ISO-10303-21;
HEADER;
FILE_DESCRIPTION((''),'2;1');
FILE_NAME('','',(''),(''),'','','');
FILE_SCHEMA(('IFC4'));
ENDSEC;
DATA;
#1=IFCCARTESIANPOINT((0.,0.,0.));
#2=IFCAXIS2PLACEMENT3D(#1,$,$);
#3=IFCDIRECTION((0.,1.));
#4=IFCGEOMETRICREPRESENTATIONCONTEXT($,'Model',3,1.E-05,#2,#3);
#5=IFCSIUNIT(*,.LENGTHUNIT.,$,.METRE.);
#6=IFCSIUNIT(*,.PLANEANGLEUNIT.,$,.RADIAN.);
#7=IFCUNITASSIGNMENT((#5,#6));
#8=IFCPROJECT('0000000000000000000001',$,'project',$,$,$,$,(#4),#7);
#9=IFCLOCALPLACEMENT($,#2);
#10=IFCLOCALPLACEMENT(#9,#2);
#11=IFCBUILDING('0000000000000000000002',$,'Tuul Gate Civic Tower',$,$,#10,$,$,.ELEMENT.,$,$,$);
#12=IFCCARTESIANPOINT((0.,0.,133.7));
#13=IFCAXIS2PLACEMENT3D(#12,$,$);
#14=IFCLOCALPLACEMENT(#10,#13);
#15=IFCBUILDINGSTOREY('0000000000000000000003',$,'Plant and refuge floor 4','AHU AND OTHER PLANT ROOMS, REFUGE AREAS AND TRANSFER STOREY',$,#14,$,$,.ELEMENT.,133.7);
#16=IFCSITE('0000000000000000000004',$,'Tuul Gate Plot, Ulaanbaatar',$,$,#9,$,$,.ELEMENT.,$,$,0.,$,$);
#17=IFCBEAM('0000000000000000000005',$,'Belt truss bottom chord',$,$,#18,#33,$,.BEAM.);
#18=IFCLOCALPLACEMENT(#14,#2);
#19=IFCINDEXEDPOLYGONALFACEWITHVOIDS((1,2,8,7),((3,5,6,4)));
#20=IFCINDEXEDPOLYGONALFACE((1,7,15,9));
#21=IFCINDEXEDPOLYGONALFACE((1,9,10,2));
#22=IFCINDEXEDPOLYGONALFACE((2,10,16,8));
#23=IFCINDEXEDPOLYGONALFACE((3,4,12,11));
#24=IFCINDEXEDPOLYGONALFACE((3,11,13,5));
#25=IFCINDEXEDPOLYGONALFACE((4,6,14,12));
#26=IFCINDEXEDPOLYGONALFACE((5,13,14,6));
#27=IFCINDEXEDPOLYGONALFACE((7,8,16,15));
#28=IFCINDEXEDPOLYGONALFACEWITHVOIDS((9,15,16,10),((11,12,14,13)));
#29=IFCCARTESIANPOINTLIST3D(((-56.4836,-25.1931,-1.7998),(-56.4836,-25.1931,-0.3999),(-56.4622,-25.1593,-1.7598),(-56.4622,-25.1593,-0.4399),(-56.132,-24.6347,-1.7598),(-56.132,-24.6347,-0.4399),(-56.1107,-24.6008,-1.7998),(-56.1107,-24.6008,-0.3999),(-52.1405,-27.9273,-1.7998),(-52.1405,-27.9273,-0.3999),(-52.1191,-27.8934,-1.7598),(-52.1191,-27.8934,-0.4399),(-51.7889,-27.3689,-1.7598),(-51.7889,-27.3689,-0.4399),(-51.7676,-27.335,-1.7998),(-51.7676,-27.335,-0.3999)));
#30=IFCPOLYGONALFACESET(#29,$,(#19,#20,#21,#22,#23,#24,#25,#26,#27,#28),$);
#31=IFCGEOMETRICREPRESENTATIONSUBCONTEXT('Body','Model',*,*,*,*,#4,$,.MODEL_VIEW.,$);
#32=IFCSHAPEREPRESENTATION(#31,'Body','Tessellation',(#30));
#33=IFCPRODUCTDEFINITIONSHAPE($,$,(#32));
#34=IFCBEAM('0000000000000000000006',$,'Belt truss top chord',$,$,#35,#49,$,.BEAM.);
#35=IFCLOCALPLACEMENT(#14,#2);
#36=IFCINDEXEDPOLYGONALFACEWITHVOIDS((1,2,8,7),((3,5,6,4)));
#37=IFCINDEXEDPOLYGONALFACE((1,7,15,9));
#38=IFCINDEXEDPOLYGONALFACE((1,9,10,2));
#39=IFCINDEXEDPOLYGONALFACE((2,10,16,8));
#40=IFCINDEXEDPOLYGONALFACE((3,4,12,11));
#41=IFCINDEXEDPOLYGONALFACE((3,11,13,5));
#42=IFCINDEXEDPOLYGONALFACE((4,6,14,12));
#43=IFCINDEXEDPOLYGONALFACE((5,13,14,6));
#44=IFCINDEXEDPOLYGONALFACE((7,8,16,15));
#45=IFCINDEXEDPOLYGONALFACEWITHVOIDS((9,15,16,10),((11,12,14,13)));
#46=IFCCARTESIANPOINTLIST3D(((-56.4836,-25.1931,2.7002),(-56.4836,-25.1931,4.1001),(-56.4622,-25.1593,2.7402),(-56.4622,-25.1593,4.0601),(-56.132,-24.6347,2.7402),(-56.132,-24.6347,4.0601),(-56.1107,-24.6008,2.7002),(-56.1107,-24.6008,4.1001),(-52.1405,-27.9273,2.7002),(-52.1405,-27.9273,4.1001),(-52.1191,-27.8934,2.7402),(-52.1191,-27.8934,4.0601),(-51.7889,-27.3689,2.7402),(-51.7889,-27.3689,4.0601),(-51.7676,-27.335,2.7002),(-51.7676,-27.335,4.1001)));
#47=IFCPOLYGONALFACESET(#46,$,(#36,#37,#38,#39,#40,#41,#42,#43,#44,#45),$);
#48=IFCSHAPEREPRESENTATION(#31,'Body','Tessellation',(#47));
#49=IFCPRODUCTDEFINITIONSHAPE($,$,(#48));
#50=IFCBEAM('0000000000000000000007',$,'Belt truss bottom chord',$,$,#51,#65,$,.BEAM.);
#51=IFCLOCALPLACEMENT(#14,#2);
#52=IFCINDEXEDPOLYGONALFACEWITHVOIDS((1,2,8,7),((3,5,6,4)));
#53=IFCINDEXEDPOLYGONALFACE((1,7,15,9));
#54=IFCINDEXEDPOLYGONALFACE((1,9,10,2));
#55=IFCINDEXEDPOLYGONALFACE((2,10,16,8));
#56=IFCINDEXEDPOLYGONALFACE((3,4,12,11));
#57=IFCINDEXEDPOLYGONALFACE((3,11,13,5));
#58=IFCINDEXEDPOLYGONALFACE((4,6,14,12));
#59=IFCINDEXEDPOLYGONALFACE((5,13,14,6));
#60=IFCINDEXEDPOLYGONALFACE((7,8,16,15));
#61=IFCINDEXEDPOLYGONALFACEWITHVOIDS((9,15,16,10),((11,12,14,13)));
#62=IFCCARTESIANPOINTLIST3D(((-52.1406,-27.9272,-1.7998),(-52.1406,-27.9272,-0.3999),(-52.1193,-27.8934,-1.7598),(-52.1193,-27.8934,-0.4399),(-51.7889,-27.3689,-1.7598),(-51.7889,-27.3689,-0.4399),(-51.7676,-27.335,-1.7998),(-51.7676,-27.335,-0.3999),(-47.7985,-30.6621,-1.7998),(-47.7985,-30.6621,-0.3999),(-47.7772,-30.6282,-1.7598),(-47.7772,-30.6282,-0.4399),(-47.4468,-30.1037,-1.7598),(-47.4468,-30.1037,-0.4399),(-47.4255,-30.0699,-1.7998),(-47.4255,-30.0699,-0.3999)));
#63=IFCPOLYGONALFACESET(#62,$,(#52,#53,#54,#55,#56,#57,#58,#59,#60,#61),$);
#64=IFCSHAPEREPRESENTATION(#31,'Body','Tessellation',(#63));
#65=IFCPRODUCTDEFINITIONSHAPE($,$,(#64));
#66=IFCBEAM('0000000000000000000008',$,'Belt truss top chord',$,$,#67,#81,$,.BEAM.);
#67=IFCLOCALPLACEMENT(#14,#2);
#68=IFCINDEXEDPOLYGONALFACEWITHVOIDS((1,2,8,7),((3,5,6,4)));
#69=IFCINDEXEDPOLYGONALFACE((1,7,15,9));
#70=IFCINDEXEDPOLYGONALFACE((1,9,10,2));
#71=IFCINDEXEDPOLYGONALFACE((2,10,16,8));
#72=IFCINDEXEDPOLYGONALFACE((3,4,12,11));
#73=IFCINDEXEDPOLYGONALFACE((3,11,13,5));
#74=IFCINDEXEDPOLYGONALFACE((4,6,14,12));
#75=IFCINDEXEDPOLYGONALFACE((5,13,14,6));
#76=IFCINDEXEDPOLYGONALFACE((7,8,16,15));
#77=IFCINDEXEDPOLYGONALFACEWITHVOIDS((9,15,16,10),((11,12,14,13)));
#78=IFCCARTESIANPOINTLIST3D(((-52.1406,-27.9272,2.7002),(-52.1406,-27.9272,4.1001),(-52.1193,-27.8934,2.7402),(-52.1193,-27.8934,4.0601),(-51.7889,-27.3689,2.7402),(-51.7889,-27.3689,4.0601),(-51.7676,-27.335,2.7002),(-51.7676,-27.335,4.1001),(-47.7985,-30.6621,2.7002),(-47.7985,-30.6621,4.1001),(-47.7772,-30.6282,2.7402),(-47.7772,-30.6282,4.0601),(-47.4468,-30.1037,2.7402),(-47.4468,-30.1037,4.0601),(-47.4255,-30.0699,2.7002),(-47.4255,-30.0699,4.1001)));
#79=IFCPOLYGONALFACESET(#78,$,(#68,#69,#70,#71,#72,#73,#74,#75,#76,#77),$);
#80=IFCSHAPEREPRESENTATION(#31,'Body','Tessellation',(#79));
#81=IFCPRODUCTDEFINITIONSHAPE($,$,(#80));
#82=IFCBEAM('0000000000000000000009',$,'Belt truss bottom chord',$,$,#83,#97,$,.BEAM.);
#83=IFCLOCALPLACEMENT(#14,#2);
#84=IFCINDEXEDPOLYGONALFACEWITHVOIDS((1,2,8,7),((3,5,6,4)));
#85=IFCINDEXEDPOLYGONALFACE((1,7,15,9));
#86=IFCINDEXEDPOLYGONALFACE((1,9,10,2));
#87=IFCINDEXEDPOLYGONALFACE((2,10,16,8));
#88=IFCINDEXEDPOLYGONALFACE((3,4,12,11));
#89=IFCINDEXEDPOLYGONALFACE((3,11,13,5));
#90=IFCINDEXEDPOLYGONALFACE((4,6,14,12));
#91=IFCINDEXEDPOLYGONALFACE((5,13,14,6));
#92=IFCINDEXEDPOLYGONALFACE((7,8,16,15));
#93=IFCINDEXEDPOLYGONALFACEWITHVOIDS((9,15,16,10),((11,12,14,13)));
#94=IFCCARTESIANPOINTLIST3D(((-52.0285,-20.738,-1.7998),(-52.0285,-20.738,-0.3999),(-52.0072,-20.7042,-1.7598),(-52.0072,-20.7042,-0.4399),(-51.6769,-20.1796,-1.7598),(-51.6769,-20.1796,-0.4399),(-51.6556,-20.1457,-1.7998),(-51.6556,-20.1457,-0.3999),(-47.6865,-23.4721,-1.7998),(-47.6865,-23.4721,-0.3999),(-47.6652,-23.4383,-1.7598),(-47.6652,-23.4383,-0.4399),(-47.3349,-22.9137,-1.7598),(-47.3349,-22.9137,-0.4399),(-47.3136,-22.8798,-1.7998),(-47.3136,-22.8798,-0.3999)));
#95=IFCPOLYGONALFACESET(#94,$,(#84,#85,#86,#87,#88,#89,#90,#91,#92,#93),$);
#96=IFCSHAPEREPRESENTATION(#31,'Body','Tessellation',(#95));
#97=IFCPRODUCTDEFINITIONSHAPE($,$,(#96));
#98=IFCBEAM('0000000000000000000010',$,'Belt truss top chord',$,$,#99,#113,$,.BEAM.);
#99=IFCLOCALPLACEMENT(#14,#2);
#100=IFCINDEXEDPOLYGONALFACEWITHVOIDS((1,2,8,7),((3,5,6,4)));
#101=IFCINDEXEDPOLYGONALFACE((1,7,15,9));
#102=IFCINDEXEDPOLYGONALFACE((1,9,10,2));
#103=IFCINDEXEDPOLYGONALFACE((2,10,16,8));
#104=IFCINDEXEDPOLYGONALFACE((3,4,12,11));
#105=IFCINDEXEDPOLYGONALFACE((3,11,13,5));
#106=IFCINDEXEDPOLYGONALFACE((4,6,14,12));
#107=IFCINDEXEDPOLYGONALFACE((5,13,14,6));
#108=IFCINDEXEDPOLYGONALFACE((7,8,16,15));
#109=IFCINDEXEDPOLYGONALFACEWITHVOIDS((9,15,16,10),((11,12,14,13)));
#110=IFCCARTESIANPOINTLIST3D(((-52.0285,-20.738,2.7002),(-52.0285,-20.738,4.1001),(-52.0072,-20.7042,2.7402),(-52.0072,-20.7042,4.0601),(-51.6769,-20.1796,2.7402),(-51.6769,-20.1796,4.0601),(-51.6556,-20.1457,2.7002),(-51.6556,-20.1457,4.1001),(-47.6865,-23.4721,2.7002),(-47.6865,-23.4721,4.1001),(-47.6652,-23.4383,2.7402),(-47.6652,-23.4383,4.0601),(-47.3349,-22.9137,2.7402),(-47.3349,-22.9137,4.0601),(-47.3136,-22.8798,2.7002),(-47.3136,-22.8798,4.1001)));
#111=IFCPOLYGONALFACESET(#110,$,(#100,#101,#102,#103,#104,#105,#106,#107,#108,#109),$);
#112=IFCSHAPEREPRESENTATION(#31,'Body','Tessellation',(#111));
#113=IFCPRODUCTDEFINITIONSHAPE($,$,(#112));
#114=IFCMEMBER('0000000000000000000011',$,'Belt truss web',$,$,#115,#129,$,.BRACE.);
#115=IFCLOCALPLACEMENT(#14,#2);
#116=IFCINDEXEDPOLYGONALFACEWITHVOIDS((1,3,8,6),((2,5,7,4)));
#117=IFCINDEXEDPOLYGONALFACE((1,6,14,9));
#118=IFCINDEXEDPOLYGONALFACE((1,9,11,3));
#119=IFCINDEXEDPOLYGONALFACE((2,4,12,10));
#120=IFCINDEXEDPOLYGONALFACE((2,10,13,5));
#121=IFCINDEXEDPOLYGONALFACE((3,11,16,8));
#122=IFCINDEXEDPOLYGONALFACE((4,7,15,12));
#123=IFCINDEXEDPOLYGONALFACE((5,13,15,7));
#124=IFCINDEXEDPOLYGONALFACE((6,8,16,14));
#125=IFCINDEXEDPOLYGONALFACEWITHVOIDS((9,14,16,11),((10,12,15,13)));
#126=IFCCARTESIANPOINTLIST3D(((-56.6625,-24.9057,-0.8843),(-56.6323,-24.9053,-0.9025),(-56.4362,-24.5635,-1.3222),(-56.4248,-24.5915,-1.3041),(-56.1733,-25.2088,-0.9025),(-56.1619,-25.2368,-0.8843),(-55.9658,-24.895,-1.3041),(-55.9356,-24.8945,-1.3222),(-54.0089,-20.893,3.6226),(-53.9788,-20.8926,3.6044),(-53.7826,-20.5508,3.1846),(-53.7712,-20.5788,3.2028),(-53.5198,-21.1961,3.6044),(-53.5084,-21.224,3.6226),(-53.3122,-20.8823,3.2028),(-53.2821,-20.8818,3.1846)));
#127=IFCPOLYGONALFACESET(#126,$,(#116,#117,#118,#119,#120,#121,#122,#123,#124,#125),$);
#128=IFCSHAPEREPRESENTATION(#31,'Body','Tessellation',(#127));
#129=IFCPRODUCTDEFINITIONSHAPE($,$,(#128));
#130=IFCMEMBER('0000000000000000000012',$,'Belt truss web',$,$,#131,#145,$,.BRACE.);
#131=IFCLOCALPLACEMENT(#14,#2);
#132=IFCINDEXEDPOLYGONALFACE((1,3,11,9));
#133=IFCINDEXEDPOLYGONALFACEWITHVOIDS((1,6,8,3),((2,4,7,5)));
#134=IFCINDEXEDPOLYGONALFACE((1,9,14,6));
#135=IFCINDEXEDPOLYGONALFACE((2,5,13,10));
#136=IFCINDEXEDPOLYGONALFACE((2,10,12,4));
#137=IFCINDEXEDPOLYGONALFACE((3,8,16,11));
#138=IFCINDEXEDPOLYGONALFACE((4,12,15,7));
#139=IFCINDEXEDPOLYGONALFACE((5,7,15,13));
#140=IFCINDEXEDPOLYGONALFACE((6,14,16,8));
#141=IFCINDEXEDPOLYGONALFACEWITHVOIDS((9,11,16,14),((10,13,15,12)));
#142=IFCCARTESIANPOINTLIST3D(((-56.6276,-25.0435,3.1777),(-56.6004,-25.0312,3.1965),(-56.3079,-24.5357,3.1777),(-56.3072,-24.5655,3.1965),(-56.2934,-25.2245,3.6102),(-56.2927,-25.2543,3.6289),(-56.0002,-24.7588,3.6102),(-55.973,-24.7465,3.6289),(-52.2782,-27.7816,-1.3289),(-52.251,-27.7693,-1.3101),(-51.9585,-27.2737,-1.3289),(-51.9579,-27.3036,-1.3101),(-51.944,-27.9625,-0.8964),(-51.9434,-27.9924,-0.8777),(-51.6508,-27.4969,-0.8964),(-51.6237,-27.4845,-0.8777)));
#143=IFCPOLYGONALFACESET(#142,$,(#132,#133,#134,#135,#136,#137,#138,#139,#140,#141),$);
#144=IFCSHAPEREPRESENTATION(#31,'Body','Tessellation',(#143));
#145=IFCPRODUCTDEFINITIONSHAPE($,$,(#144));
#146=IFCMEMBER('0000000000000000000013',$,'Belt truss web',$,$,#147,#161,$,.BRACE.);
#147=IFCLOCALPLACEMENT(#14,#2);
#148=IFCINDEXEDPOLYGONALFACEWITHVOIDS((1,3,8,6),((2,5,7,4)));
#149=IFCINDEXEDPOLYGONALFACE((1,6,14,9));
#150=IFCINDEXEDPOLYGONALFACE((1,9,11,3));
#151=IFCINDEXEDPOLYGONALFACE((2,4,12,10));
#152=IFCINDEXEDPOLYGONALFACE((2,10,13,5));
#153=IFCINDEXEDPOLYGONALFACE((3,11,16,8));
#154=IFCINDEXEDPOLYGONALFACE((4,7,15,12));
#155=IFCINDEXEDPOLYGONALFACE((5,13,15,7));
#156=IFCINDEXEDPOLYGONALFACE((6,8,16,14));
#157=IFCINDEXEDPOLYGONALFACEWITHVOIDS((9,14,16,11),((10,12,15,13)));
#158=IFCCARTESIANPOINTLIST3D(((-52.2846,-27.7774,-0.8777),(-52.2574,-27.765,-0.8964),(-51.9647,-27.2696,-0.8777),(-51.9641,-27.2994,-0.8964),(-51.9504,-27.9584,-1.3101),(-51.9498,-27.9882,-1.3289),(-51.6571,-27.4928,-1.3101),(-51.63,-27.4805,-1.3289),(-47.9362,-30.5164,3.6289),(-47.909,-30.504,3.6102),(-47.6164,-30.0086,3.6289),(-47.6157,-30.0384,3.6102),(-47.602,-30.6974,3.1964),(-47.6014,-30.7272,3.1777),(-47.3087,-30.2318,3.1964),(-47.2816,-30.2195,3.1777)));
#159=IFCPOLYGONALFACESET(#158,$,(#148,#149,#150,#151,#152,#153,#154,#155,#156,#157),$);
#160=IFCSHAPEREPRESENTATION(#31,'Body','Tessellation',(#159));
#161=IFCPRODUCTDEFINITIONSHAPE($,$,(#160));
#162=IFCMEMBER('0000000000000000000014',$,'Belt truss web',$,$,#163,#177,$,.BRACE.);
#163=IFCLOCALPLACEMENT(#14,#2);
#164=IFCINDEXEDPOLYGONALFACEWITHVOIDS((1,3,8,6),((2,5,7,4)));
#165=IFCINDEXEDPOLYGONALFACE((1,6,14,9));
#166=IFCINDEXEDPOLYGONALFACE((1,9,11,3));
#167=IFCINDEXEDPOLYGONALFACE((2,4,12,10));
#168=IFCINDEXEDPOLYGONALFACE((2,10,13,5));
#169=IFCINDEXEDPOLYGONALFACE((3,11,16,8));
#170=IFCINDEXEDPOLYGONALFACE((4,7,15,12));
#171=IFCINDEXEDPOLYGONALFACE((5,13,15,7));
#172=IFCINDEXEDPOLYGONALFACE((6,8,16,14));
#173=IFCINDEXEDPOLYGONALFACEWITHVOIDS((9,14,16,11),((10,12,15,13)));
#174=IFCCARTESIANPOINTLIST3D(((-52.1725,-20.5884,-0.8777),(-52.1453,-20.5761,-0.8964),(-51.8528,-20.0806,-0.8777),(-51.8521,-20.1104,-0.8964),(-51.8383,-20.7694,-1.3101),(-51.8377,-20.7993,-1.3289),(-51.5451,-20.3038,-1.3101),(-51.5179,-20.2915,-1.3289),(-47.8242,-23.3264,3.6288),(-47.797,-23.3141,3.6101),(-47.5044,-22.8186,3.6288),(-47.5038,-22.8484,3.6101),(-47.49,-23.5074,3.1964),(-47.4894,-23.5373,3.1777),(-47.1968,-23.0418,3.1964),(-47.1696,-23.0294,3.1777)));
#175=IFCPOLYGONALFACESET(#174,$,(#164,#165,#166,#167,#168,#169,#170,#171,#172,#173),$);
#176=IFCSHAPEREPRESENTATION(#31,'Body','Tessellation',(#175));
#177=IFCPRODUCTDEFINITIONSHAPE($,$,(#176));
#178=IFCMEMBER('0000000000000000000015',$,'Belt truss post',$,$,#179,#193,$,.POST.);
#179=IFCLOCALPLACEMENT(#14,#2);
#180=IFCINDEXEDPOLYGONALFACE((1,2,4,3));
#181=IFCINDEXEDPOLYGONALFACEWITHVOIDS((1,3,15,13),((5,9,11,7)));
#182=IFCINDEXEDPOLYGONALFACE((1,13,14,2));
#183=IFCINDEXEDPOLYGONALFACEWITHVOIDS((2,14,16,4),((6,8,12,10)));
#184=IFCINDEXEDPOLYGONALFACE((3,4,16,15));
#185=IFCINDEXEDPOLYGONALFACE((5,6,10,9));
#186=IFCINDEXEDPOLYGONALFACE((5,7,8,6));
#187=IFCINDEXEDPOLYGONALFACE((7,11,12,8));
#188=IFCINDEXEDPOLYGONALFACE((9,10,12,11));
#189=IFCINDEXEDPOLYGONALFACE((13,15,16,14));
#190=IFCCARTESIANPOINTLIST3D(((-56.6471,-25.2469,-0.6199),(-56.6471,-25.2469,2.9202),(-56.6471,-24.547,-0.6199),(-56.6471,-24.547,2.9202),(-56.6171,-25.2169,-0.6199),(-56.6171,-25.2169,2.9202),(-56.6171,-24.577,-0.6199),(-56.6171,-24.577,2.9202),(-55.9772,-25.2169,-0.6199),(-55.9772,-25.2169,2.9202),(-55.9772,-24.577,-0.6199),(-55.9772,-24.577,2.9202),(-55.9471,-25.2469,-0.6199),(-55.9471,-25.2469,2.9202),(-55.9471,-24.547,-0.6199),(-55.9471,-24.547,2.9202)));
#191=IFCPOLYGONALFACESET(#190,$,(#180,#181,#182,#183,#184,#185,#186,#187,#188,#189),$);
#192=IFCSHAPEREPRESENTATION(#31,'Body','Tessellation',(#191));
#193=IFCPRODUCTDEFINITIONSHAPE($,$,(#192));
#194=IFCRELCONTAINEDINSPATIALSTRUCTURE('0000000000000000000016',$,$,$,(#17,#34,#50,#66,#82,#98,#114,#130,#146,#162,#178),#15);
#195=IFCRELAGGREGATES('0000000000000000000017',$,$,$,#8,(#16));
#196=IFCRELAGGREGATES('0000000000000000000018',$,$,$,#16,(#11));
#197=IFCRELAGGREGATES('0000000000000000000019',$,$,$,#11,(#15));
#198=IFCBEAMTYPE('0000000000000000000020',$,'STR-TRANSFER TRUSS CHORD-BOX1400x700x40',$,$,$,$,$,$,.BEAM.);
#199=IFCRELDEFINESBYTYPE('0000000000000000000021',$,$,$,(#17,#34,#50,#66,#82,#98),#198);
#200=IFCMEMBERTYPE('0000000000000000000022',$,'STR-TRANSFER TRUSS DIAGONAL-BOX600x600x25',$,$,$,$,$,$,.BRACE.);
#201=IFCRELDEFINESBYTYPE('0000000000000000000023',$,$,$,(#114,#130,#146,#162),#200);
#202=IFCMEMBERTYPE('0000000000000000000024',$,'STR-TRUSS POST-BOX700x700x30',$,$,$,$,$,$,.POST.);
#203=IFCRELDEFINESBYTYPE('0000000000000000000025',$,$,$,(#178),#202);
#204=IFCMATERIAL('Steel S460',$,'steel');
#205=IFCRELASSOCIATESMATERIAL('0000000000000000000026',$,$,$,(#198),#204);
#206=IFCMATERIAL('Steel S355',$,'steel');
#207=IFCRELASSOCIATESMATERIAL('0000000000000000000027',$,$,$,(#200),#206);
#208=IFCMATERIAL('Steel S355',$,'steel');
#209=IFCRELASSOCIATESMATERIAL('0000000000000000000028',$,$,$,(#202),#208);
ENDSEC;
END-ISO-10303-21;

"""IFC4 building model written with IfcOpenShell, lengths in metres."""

from ifc_helpers import new_model, si_unit, direction, frame, origin, origin_2d, place, context, subcontext, project, spatial, hollow_rectangle, extrude, material, material_profile, profile_set, type_object, element, save


model = new_model("IFC4")

# Units and contexts
model_context = context("Model", 3, precision=1e-05, world=origin(), true_north=direction((0.0, 1.0)))
body_context = subcontext(model_context, "Body", "Model", "MODEL_VIEW")
ifc_project = project(units=[si_unit("LENGTHUNIT", "METRE"), si_unit("PLANEANGLEUNIT", "RADIAN")], contexts=[model_context])

# Site, building, storey
site_placement = place(None, origin())
site = spatial("IfcSite", under=ifc_project, at=site_placement, Name="Tuul Gate Plot, Ulaanbaatar", CompositionType="ELEMENT", RefElevation=0.0)
building_placement = place(site_placement, origin())
building = spatial("IfcBuilding", under=site, at=building_placement, Name="Tuul Gate Civic Tower", CompositionType="ELEMENT")
storey_placement = place(building_placement, frame((0.0, 0.0, 133.7)))
storey = spatial("IfcBuildingStorey", under=building, at=storey_placement, Name="Plant and refuge floor 4", Description="AHU AND OTHER PLANT ROOMS, REFUGE AREAS AND TRANSFER STOREY", CompositionType="ELEMENT", Elevation=133.7)

# Beams
ifc_material_1 = material(Name="Steel S460", Category="steel")
ifc_material_profile_1 = material_profile(ifc_material_1, hollow_rectangle(XDim=0.7, YDim=1.3999, WallThickness=0.04, at=origin_2d()), Name="BOX1400x700x40")
ifc_profile_set_1 = profile_set([ifc_material_profile_1], Name="Steel S460")
beam_type = type_object("IfcBeamType", Name="STR-TRANSFER TRUSS CHORD-BOX1400x700x40", PredefinedType="BEAM", material=ifc_profile_set_1)
for number, where, z_axis, x_axis, name in (
    (1, (-56.2971, -24.897, -1.0999), (0.846265, -0.532763, 0.0), (0.532763, 0.846265, 0.0), "Belt truss bottom chord"),
    (2, (-56.2971, -24.897, 3.4001), (0.846265, -0.532763, 0.0), (0.532763, 0.846265, 0.0), "Belt truss top chord"),
):
    element("IfcBeam", number, at=place(storey_placement, frame(where, z_axis=z_axis, x_axis=x_axis)), inside=storey, type_object=beam_type, Name=name, PredefinedType="BEAM", context=body_context, shape_type="SweptSolid", body=[
        extrude(hollow_rectangle(XDim=0.7, YDim=1.3999, WallThickness=0.04, at=origin_2d()), origin(), (0.0, 0.0, 1.0), 5.1321),
    ])
for number, where, z_axis, x_axis, name in (
    (3, (-51.9541, -27.6311, -1.0999), (0.846146, -0.532951, 0.0), (0.532951, 0.846146, 0.0), "Belt truss bottom chord"),
    (4, (-51.9541, -27.6311, 3.4001), (0.846146, -0.532951, 0.0), (0.532951, 0.846146, 0.0), "Belt truss top chord"),
):
    element("IfcBeam", number, at=place(storey_placement, frame(where, z_axis=z_axis, x_axis=x_axis)), inside=storey, type_object=beam_type, Name=name, PredefinedType="BEAM", context=body_context, shape_type="SweptSolid", body=[
        extrude(hollow_rectangle(XDim=0.7, YDim=1.3999, WallThickness=0.04, at=origin_2d()), origin(), (0.0, 0.0, 1.0), 5.1316),
    ])
for number, where, z_axis, x_axis, name in (
    (5, (-51.842, -20.4419, -1.0999), (0.846211, -0.532849, 0.0), (0.532849, 0.846211, 0.0), "Belt truss bottom chord"),
    (6, (-51.842, -20.4419, 3.4001), (0.846211, -0.532849, 0.0), (0.532849, 0.846211, 0.0), "Belt truss top chord"),
):
    element("IfcBeam", number, at=place(storey_placement, frame(where, z_axis=z_axis, x_axis=x_axis)), inside=storey, type_object=beam_type, Name=name, PredefinedType="BEAM", context=body_context, shape_type="SweptSolid", body=[
        extrude(hollow_rectangle(XDim=0.7, YDim=1.3999, WallThickness=0.04, at=origin_2d()), origin(), (0.0, 0.0, 1.0), 5.1311),
    ])

# Members
ifc_material_2 = material(Name="Steel S355", Category="steel")
ifc_material_profile_2 = material_profile(ifc_material_2, hollow_rectangle(XDim=0.6001, YDim=0.6001, WallThickness=0.0249, at=origin_2d()), Name="BOX600x600x25")
ifc_profile_set_2 = profile_set([ifc_material_profile_2], Name="Steel S355")
member_type_1 = type_object("IfcMemberType", Name="STR-TRANSFER TRUSS DIAGONAL-BOX600x600x25", PredefinedType="BRACE", material=ifc_profile_set_2)
member_1_placement = place(storey_placement, frame((-56.2991, -24.9001, -1.1033), z_axis=(0.402542, 0.60872, 0.683681), x_axis=(-0.834114, 0.551593, 0.0)))
element("IfcMember", 7, at=member_1_placement, inside=storey, type_object=member_type_1, Name="Belt truss web", PredefinedType="BRACE", context=body_context, shape_type="SweptSolid", body=[
    extrude(hollow_rectangle(XDim=0.6001, YDim=0.6001, WallThickness=0.0249, at=origin_2d()), origin(), (0.0, 0.0, 1.0), 6.592),
])
member_2_placement = place(storey_placement, frame((-51.9509, -27.6331, -1.1033), z_axis=(-0.636297, 0.400565, 0.659298), x_axis=(-0.53275, -0.846273, 0.0)))
element("IfcMember", 8, at=member_2_placement, inside=storey, type_object=member_type_1, Name="Belt truss web", PredefinedType="BRACE", context=body_context, shape_type="SweptSolid", body=[
    extrude(hollow_rectangle(XDim=0.6001, YDim=0.6001, WallThickness=0.0249, at=origin_2d()), origin(), (0.0, 0.0, 1.0), 6.8354),
])
member_3_placement = place(storey_placement, frame((-51.9573, -27.6289, -1.1033), z_axis=(0.636175, -0.400721, 0.65932), x_axis=(0.532972, 0.846133, 0.0)))
element("IfcMember", 9, at=member_3_placement, inside=storey, type_object=member_type_1, Name="Belt truss web", PredefinedType="BRACE", context=body_context, shape_type="SweptSolid", body=[
    extrude(hollow_rectangle(XDim=0.6001, YDim=0.6001, WallThickness=0.0249, at=origin_2d()), origin(), (0.0, 0.0, 1.0), 6.8352),
])
member_4_placement = place(storey_placement, frame((-51.8452, -20.4399, -1.1033), z_axis=(0.636212, -0.400601, 0.659358), x_axis=(0.532836, 0.846219, 0.0)))
element("IfcMember", 10, at=member_4_placement, inside=storey, type_object=member_type_1, Name="Belt truss web", PredefinedType="BRACE", context=body_context, shape_type="SweptSolid", body=[
    extrude(hollow_rectangle(XDim=0.6001, YDim=0.6001, WallThickness=0.0249, at=origin_2d()), origin(), (0.0, 0.0, 1.0), 6.8347),
])
ifc_material_3 = material(Name="Steel S355", Category="steel")
ifc_material_profile_3 = material_profile(ifc_material_3, hollow_rectangle(XDim=0.7, YDim=0.7, WallThickness=0.03, at=origin_2d()), Name="BOX700x700x30")
ifc_profile_set_3 = profile_set([ifc_material_profile_3], Name="Steel S355")
member_type_2 = type_object("IfcMemberType", Name="STR-TRUSS POST-BOX700x700x30", PredefinedType="POST", material=ifc_profile_set_3)
for number, where, z_axis, x_axis, name in (
    (11, (-56.2971, -24.897, -0.6199), (0.0, 0.0, 1.0), (1.0, 0.0, 0.0), "Belt truss post"),
):
    element("IfcMember", number, at=place(storey_placement, frame(where, z_axis=z_axis, x_axis=x_axis)), inside=storey, type_object=member_type_2, Name=name, PredefinedType="POST", context=body_context, shape_type="SweptSolid", body=[
        extrude(hollow_rectangle(XDim=0.7, YDim=0.7, WallThickness=0.03, at=origin_2d()), origin(), (0.0, 0.0, 1.0), 3.54),
    ])

save(model, "model.ifc")
